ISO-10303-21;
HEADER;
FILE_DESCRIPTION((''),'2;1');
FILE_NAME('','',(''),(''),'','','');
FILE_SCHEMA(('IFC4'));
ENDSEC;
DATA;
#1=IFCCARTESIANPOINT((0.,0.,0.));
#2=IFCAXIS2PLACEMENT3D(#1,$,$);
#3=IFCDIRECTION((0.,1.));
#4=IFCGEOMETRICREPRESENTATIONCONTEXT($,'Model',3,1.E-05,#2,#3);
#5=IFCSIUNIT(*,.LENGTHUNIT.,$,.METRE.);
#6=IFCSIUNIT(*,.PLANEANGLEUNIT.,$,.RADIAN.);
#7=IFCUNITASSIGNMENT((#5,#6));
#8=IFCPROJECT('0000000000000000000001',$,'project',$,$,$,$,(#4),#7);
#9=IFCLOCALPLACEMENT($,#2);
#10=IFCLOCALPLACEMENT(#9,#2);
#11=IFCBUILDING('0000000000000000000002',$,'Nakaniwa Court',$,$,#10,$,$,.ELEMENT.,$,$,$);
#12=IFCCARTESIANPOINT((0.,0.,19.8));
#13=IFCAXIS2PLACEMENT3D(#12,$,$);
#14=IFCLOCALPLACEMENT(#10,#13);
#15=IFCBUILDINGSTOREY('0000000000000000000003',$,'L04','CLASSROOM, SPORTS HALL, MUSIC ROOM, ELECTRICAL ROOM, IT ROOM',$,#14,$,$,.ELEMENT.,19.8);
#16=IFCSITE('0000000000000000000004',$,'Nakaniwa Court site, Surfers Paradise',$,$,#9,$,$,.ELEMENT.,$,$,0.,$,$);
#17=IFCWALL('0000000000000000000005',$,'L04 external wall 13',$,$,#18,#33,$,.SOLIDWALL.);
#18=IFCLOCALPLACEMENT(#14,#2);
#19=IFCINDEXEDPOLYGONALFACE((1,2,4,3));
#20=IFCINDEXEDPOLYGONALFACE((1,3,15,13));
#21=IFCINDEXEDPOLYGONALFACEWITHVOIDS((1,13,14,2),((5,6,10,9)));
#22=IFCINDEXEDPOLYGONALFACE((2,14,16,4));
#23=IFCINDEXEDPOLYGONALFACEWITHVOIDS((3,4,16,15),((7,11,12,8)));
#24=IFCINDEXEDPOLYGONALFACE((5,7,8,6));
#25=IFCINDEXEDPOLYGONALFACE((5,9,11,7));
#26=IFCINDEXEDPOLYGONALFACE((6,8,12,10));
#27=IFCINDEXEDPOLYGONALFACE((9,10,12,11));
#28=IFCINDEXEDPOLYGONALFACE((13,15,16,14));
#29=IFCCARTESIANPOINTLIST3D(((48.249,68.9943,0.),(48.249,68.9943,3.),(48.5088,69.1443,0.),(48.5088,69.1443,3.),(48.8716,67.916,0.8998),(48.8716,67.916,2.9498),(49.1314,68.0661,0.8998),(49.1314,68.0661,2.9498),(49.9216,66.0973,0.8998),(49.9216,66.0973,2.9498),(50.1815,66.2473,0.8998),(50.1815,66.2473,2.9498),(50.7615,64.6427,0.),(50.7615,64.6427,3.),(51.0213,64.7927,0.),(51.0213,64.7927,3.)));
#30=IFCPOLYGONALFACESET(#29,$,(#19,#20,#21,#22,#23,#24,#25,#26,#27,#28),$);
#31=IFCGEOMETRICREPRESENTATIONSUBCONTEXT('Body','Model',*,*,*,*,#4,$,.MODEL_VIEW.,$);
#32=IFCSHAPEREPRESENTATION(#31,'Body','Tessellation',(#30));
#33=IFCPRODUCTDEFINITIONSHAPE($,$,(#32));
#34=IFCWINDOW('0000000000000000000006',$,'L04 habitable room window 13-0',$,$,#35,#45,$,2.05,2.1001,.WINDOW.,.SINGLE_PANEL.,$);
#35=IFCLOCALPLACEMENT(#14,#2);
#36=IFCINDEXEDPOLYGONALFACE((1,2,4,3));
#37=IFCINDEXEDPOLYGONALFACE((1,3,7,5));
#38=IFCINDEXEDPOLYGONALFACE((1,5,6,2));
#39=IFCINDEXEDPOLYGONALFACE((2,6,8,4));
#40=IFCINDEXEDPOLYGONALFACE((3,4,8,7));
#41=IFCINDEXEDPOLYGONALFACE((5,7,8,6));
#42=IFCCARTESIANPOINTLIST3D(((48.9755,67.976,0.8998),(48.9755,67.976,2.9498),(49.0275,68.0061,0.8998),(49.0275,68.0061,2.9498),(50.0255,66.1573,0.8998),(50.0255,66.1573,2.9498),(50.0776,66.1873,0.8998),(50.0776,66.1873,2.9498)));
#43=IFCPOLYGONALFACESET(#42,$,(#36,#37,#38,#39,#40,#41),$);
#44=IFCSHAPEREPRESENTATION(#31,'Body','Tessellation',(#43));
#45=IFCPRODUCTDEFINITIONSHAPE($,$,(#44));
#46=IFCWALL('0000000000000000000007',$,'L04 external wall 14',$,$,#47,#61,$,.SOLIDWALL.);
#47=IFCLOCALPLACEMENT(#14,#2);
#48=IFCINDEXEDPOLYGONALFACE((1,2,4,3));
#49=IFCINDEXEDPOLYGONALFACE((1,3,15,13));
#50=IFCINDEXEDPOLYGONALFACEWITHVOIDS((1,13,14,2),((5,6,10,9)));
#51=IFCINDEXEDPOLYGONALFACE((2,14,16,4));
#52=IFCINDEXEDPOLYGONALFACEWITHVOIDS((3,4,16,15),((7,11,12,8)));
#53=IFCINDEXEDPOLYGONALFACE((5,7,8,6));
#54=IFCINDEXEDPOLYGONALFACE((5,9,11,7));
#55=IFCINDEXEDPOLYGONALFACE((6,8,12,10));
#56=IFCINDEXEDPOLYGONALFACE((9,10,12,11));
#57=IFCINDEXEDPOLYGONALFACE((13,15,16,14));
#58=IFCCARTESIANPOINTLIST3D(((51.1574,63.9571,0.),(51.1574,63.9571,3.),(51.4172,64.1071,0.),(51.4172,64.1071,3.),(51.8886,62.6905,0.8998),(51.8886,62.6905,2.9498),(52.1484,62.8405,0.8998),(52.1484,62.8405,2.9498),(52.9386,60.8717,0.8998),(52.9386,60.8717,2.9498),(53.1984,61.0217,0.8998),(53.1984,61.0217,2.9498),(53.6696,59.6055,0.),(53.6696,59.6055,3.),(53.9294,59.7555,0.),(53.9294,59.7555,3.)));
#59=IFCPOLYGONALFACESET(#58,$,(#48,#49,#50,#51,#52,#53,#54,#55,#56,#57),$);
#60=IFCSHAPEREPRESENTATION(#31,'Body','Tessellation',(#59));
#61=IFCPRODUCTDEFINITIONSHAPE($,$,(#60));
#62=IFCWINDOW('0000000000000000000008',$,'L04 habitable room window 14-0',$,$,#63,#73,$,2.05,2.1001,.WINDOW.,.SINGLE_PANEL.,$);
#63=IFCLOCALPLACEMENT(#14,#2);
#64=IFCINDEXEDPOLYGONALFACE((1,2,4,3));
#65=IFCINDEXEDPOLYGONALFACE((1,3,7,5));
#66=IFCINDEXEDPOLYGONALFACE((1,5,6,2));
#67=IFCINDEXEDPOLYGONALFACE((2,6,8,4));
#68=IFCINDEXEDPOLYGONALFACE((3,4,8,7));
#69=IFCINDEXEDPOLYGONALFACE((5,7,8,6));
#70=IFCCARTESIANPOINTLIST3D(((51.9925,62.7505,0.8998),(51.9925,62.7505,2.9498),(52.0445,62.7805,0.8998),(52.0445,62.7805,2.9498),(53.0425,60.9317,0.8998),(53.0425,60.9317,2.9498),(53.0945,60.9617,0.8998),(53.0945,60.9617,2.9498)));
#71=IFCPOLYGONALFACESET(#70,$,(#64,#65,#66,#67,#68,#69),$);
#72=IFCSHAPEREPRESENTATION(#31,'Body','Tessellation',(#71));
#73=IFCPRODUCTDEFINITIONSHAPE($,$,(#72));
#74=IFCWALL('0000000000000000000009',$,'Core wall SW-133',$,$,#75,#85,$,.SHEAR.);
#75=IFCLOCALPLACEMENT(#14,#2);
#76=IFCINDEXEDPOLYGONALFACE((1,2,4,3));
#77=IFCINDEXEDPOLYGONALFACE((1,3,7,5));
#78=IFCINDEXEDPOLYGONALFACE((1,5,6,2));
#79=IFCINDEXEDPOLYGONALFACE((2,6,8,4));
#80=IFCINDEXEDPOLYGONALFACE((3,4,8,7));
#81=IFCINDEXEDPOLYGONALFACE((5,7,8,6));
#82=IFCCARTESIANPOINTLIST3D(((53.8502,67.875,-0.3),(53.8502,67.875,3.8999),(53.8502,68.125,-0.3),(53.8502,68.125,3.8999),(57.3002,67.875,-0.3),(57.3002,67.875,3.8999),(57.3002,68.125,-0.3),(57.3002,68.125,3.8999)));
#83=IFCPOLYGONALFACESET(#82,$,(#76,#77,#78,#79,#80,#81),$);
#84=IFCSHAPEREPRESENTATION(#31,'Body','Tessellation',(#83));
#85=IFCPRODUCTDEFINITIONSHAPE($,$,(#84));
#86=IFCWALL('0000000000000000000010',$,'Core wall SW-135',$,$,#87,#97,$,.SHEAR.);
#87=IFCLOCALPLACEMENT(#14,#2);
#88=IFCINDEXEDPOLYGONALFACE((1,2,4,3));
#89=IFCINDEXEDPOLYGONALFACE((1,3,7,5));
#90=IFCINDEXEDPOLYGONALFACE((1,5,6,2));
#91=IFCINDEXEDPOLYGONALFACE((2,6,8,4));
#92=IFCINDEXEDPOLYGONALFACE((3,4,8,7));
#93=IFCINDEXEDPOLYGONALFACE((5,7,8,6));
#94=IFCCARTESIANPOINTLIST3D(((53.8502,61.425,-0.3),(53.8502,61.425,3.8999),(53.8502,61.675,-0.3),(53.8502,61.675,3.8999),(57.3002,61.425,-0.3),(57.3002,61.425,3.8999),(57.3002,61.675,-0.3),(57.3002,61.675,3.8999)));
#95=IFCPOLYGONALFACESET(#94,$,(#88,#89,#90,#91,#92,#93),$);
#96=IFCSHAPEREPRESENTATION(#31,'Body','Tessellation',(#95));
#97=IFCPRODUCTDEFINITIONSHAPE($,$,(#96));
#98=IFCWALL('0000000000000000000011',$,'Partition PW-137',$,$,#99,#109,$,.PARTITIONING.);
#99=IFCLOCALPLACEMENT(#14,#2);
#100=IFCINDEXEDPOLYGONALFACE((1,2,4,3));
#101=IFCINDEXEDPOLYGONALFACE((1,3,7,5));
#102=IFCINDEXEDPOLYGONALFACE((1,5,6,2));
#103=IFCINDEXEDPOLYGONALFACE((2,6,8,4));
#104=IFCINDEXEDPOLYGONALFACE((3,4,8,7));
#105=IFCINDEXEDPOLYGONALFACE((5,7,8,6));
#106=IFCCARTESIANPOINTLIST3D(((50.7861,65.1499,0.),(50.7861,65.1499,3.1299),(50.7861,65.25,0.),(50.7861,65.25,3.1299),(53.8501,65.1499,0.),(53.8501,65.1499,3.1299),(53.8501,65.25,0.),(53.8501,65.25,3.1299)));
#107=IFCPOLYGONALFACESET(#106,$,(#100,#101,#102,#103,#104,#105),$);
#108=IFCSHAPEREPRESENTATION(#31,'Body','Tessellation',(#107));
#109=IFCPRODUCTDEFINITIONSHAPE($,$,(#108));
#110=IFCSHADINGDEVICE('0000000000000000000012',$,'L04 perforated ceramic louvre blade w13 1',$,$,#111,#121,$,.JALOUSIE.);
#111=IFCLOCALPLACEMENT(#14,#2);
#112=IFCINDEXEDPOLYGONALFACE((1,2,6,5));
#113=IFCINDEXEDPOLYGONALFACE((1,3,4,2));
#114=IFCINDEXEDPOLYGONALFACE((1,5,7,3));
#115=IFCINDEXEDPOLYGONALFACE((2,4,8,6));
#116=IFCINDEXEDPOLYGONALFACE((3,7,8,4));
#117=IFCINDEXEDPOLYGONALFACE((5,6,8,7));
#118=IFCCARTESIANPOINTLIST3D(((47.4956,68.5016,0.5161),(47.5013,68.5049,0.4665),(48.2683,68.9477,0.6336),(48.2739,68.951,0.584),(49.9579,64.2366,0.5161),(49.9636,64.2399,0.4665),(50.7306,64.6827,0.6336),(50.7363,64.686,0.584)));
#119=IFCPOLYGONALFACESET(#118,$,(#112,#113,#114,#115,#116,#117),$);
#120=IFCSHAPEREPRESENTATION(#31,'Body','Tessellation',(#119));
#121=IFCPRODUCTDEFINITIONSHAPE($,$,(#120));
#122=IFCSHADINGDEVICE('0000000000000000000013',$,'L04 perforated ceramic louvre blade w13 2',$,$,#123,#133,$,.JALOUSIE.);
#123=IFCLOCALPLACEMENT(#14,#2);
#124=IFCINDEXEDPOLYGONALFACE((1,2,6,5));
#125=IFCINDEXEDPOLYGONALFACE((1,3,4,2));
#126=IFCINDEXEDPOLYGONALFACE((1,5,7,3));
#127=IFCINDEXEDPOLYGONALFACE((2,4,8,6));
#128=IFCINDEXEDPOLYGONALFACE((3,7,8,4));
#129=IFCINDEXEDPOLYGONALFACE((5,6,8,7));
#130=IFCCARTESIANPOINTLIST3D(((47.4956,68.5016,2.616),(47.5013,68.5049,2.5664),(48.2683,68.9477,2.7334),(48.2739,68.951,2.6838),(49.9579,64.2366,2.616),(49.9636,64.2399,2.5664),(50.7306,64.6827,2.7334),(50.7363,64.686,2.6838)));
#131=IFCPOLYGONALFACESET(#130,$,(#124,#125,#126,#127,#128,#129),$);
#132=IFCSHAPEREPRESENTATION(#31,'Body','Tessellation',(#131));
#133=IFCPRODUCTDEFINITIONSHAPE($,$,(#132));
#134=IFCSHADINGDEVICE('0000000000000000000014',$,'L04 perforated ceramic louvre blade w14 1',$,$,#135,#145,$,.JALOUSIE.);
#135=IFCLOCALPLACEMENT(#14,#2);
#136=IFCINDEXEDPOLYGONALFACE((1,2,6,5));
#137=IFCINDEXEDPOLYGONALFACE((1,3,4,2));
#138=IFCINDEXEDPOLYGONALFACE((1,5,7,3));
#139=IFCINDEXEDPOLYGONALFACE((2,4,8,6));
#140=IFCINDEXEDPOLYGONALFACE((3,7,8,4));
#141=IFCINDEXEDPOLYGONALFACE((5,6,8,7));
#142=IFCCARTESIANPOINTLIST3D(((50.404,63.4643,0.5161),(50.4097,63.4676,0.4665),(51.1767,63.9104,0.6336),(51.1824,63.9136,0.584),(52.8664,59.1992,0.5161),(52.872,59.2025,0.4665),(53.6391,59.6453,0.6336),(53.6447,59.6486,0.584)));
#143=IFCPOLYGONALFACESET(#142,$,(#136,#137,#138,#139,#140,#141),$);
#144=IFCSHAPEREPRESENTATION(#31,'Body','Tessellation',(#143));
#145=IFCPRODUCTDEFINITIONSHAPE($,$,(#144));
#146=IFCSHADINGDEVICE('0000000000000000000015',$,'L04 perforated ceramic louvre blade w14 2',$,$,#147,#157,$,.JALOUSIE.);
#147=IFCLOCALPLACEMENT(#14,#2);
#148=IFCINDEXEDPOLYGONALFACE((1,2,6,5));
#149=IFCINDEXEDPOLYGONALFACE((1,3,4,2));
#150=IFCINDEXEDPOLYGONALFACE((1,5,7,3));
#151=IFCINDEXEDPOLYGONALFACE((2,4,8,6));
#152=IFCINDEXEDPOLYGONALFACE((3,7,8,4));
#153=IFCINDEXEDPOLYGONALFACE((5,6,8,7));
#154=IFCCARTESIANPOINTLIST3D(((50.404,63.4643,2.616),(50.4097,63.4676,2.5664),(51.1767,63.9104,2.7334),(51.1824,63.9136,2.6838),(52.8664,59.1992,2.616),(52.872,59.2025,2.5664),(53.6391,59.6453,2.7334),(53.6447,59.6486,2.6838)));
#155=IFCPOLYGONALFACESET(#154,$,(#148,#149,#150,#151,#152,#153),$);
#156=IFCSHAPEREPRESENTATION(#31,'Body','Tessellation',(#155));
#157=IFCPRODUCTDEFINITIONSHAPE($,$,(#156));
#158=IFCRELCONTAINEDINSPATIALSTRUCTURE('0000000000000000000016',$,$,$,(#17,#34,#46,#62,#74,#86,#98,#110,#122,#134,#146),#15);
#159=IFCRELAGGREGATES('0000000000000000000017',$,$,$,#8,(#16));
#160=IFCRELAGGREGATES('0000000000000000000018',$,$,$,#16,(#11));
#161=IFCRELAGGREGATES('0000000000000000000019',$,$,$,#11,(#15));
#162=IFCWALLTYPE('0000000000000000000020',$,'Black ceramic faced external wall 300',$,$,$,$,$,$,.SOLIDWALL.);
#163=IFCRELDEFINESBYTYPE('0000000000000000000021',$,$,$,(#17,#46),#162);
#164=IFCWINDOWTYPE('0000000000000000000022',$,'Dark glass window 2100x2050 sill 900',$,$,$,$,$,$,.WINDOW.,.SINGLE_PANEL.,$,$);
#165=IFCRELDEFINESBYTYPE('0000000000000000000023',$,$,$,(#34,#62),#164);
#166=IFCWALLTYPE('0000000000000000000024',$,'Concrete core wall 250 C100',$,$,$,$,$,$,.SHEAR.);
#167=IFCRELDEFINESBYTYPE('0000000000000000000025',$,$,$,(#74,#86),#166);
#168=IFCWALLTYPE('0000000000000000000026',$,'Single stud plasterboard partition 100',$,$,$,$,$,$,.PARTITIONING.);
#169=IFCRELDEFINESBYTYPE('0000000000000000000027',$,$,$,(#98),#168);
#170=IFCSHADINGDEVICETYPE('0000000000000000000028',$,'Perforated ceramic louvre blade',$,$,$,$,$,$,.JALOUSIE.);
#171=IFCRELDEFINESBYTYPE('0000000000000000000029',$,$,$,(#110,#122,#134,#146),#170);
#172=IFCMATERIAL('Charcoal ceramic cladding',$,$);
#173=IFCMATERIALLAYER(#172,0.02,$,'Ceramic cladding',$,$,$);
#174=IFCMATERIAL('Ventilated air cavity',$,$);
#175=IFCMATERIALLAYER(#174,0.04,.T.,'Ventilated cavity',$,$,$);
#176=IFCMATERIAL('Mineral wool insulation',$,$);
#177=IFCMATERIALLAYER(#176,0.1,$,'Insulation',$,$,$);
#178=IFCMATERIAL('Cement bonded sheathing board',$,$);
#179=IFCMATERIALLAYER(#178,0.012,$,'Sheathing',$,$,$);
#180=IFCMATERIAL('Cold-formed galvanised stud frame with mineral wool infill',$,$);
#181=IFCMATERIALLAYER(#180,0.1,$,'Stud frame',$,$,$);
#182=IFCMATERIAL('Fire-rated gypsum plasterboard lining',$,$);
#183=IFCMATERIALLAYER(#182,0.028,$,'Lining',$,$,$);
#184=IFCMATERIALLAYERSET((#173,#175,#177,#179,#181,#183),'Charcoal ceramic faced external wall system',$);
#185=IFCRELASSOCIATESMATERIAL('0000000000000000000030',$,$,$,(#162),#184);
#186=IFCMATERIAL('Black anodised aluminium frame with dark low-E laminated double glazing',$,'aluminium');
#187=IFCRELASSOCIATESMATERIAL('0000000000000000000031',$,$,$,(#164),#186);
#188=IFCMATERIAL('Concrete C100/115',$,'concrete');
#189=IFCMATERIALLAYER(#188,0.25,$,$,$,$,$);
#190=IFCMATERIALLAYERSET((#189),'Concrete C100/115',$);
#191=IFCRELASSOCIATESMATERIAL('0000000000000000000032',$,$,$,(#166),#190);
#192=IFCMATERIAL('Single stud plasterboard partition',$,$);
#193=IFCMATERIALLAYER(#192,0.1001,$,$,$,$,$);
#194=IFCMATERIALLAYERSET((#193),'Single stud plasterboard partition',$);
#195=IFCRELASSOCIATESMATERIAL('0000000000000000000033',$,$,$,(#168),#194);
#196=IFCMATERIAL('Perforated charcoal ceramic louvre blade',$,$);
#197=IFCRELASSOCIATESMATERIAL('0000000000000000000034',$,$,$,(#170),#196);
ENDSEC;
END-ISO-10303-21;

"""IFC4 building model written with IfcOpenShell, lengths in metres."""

from ifc_helpers import new_model, si_unit, direction, frame, frame_2d, origin, origin_2d, place, context, subcontext, project, spatial, rectangle, extrude, material, layer, layer_set, material_profile, profile_set, type_object, element, fill, save


model = new_model("IFC4")

# Units and contexts
model_context = context("Model", 3, precision=1e-05, world=origin(), true_north=direction((0.0, 1.0)))
body_context = subcontext(model_context, "Body", "Model", "MODEL_VIEW")
ifc_project = project(units=[si_unit("LENGTHUNIT", "METRE"), si_unit("PLANEANGLEUNIT", "RADIAN")], contexts=[model_context])

# Site, building, storey
site_placement = place(None, origin())
site = spatial("IfcSite", under=ifc_project, at=site_placement, Name="Nakaniwa Court site, Surfers Paradise", CompositionType="ELEMENT", RefElevation=0.0)
building_placement = place(site_placement, origin())
building = spatial("IfcBuilding", under=site, at=building_placement, Name="Nakaniwa Court", CompositionType="ELEMENT")
storey_placement = place(building_placement, frame((0.0, 0.0, 19.8)))
storey = spatial("IfcBuildingStorey", under=building, at=storey_placement, Name="L04", Description="CLASSROOM, SPORTS HALL, MUSIC ROOM, ELECTRICAL ROOM, IT ROOM", CompositionType="ELEMENT", Elevation=19.8)

# Shared definitions
ifc_material_1 = material(Name="Concrete C100/115", Category="concrete")

# Walls, openings, windows
ifc_material_2 = material(Name="Charcoal ceramic cladding")
ifc_layer_1 = layer(ifc_material_2, 0.02, Name="Ceramic cladding")
ifc_material_3 = material(Name="Ventilated air cavity")
ifc_layer_2 = layer(ifc_material_3, 0.04, ventilated=True, Name="Ventilated cavity")
ifc_material_4 = material(Name="Mineral wool insulation")
ifc_layer_3 = layer(ifc_material_4, 0.1, Name="Insulation")
ifc_material_5 = material(Name="Cement bonded sheathing board")
ifc_layer_4 = layer(ifc_material_5, 0.012, Name="Sheathing")
ifc_material_6 = material(Name="Cold-formed galvanised stud frame with mineral wool infill")
ifc_layer_5 = layer(ifc_material_6, 0.1, Name="Stud frame")
ifc_material_7 = material(Name="Fire-rated gypsum plasterboard lining")
ifc_layer_6 = layer(ifc_material_7, 0.028, Name="Lining")
ifc_layer_set_1 = layer_set([ifc_layer_1, ifc_layer_2, ifc_layer_3, ifc_layer_4, ifc_layer_5, ifc_layer_6], Name="Charcoal ceramic faced external wall system")
wall_type_1 = type_object("IfcWallType", Name="Black ceramic faced external wall 300", PredefinedType="SOLIDWALL", material=ifc_layer_set_1)
ifc_material_8 = material(Name="Black anodised aluminium frame with dark low-E laminated double glazing", Category="aluminium")
window_type_1 = type_object("IfcWindowType", Name="Dark glass window 2100x2050 sill 900", PartitioningType="SINGLE_PANEL", PredefinedType="WINDOW", material=ifc_material_8)
wall_1_placement = place(storey_placement, frame((48.3789, 69.0693, 0.0), z_axis=(0.0, 0.0, 1.0), x_axis=(0.500011, -0.866019, 0.0)))
wall_1 = element("IfcWall", 1, at=wall_1_placement, inside=storey, type_object=wall_type_1, Name="L04 external wall 13", PredefinedType="SOLIDWALL", context=body_context, shape_type="SweptSolid", body=[
    extrude(rectangle(XDim=5.0249, YDim=0.3, at=frame_2d((2.5125, 0.0))), origin(), (0.0, 0.0, 1.0), 3.0),
])
opening_1_placement = place(wall_1_placement, frame((1.2451, 0.0, 0.8999)))
opening_1 = element("IfcOpeningElement", 2, at=opening_1_placement, cuts=wall_1, PredefinedType="OPENING", context=body_context, shape_type="SweptSolid", body=[
    extrude(rectangle(XDim=2.1001, YDim=2.05, at=frame_2d((1.05, 1.0249))), frame((0.0, 0.1599, 0.0), z_axis=(0.0, -1.0, 0.0), x_axis=(1.0, 0.0, 0.0)), (0.0, 0.0, 1.0), 0.3201),
])
window_1_placement = place(opening_1_placement, origin())
window_1 = element("IfcWindow", 3, at=window_1_placement, inside=storey, type_object=window_type_1, Name="L04 habitable room window 13-0", OverallHeight=2.05, OverallWidth=2.1001, PartitioningType="SINGLE_PANEL", PredefinedType="WINDOW", context=body_context, shape_type="SweptSolid", body=[
    extrude(rectangle(XDim=2.1001, YDim=2.05, at=frame_2d((1.05, 1.0249))), frame((0.0, 0.03, 0.0), z_axis=(0.0, -1.0, 0.0), x_axis=(1.0, 0.0, 0.0)), (0.0, 0.0, 1.0), 0.0601),
])
fill(opening_1, window_1)
wall_2_placement = place(storey_placement, frame((51.2874, 64.032, 0.0), z_axis=(0.0, 0.0, 1.0), x_axis=(0.499975, -0.86604, 0.0)))
wall_2 = element("IfcWall", 4, at=wall_2_placement, inside=storey, type_object=wall_type_1, Name="L04 external wall 14", PredefinedType="SOLIDWALL", context=body_context, shape_type="SweptSolid", body=[
    extrude(rectangle(XDim=5.0247, YDim=0.3, at=frame_2d((2.5122, 0.0))), origin(), (0.0, 0.0, 1.0), 3.0),
])
opening_2_placement = place(wall_2_placement, frame((1.4624, 0.0, 0.8999)))
opening_2 = element("IfcOpeningElement", 5, at=opening_2_placement, cuts=wall_2, PredefinedType="OPENING", context=body_context, shape_type="SweptSolid", body=[
    extrude(rectangle(XDim=2.1001, YDim=2.05, at=frame_2d((1.05, 1.0249))), frame((0.0, 0.1599, 0.0), z_axis=(0.0, -1.0, 0.0), x_axis=(1.0, 0.0, 0.0)), (0.0, 0.0, 1.0), 0.3201),
])
window_2_placement = place(opening_2_placement, origin())
window_2 = element("IfcWindow", 6, at=window_2_placement, inside=storey, type_object=window_type_1, Name="L04 habitable room window 14-0", OverallHeight=2.05, OverallWidth=2.1001, PartitioningType="SINGLE_PANEL", PredefinedType="WINDOW", context=body_context, shape_type="SweptSolid", body=[
    extrude(rectangle(XDim=2.1001, YDim=2.05, at=frame_2d((1.05, 1.0249))), frame((0.0, 0.03, 0.0), z_axis=(0.0, -1.0, 0.0), x_axis=(1.0, 0.0, 0.0)), (0.0, 0.0, 1.0), 0.0601),
])
fill(opening_2, window_2)

# Walls
ifc_layer_7 = layer(ifc_material_1, 0.25)
ifc_layer_set_2 = layer_set([ifc_layer_7], Name="Concrete C100/115")
wall_type_2 = type_object("IfcWallType", Name="Concrete core wall 250 C100", PredefinedType="SHEAR", material=ifc_layer_set_2)
for number, where, z_axis, x_axis, name in (
    (7, (53.8501, 68.0, -0.3), (0.0, 0.0, 1.0), (1.0, 0.0, 0.0), "Core wall SW-133"),
    (8, (53.8501, 61.55, -0.3), (0.0, 0.0, 1.0), (1.0, 0.0, 0.0), "Core wall SW-135"),
):
    element("IfcWall", number, at=place(storey_placement, frame(where, z_axis=z_axis, x_axis=x_axis)), inside=storey, type_object=wall_type_2, Name=name, PredefinedType="SHEAR", context=body_context, shape_type="SweptSolid", body=[
        extrude(rectangle(XDim=3.45, YDim=0.25, at=frame_2d((1.7251, 0.0))), origin(), (0.0, 0.0, 1.0), 4.2),
    ])
ifc_material_9 = material(Name="Single stud plasterboard partition")
ifc_layer_8 = layer(ifc_material_9, 0.1001)
ifc_layer_set_3 = layer_set([ifc_layer_8], Name="Single stud plasterboard partition")
wall_type_3 = type_object("IfcWallType", Name="Single stud plasterboard partition 100", PredefinedType="PARTITIONING", material=ifc_layer_set_3)
wall_3_placement = place(storey_placement, frame((50.7861, 65.2, 0.0), z_axis=(0.0, 0.0, 1.0), x_axis=(1.0, 0.0, 0.0)))
element("IfcWall", 9, at=wall_3_placement, inside=storey, type_object=wall_type_3, Name="Partition PW-137", PredefinedType="PARTITIONING", context=body_context, shape_type="SweptSolid", body=[
    extrude(rectangle(XDim=3.064, YDim=0.1001, at=frame_2d((1.532, 0.0))), origin(), (0.0, 0.0, 1.0), 3.1299),
])

# Shading devices
ifc_material_10 = material(Name="Perforated charcoal ceramic louvre blade")
ifc_material_profile_1 = material_profile(ifc_material_10, rectangle(XDim=0.8999, YDim=0.05, at=origin_2d()), Name="Perforated ceramic louvre blade")
ifc_profile_set_1 = profile_set([ifc_material_profile_1], Name="Perforated charcoal ceramic louvre blade")
shading_device_type = type_object("IfcShadingDeviceType", Name="Perforated ceramic louvre blade", PredefinedType="JALOUSIE", material=ifc_profile_set_1)
for number, where, z_axis, x_axis, name in (
    (10, (47.8848, 68.7263, 0.55), (0.499989, -0.866032, 0.0), (0.858623, 0.495711, 0.130526), "L04 perforated ceramic louvre blade w13 1"),
    (11, (47.8848, 68.7263, 2.6499), (0.499989, -0.866032, 0.0), (0.858623, 0.495711, 0.130526), "L04 perforated ceramic louvre blade w13 2"),
    (12, (50.7932, 63.689, 0.55), (0.499989, -0.866032, 0.0), (0.858623, 0.495711, 0.130526), "L04 perforated ceramic louvre blade w14 1"),
    (13, (50.7932, 63.689, 2.6499), (0.499989, -0.866032, 0.0), (0.858623, 0.495711, 0.130526), "L04 perforated ceramic louvre blade w14 2"),
):
    element("IfcShadingDevice", number, at=place(storey_placement, frame(where, z_axis=z_axis, x_axis=x_axis)), inside=storey, type_object=shading_device_type, Name=name, PredefinedType="JALOUSIE", context=body_context, shape_type="SweptSolid", body=[
        extrude(rectangle(XDim=0.8999, YDim=0.05, at=origin_2d()), origin(), (0.0, 0.0, 1.0), 4.9248),
    ])

save(model, "model.ifc")
